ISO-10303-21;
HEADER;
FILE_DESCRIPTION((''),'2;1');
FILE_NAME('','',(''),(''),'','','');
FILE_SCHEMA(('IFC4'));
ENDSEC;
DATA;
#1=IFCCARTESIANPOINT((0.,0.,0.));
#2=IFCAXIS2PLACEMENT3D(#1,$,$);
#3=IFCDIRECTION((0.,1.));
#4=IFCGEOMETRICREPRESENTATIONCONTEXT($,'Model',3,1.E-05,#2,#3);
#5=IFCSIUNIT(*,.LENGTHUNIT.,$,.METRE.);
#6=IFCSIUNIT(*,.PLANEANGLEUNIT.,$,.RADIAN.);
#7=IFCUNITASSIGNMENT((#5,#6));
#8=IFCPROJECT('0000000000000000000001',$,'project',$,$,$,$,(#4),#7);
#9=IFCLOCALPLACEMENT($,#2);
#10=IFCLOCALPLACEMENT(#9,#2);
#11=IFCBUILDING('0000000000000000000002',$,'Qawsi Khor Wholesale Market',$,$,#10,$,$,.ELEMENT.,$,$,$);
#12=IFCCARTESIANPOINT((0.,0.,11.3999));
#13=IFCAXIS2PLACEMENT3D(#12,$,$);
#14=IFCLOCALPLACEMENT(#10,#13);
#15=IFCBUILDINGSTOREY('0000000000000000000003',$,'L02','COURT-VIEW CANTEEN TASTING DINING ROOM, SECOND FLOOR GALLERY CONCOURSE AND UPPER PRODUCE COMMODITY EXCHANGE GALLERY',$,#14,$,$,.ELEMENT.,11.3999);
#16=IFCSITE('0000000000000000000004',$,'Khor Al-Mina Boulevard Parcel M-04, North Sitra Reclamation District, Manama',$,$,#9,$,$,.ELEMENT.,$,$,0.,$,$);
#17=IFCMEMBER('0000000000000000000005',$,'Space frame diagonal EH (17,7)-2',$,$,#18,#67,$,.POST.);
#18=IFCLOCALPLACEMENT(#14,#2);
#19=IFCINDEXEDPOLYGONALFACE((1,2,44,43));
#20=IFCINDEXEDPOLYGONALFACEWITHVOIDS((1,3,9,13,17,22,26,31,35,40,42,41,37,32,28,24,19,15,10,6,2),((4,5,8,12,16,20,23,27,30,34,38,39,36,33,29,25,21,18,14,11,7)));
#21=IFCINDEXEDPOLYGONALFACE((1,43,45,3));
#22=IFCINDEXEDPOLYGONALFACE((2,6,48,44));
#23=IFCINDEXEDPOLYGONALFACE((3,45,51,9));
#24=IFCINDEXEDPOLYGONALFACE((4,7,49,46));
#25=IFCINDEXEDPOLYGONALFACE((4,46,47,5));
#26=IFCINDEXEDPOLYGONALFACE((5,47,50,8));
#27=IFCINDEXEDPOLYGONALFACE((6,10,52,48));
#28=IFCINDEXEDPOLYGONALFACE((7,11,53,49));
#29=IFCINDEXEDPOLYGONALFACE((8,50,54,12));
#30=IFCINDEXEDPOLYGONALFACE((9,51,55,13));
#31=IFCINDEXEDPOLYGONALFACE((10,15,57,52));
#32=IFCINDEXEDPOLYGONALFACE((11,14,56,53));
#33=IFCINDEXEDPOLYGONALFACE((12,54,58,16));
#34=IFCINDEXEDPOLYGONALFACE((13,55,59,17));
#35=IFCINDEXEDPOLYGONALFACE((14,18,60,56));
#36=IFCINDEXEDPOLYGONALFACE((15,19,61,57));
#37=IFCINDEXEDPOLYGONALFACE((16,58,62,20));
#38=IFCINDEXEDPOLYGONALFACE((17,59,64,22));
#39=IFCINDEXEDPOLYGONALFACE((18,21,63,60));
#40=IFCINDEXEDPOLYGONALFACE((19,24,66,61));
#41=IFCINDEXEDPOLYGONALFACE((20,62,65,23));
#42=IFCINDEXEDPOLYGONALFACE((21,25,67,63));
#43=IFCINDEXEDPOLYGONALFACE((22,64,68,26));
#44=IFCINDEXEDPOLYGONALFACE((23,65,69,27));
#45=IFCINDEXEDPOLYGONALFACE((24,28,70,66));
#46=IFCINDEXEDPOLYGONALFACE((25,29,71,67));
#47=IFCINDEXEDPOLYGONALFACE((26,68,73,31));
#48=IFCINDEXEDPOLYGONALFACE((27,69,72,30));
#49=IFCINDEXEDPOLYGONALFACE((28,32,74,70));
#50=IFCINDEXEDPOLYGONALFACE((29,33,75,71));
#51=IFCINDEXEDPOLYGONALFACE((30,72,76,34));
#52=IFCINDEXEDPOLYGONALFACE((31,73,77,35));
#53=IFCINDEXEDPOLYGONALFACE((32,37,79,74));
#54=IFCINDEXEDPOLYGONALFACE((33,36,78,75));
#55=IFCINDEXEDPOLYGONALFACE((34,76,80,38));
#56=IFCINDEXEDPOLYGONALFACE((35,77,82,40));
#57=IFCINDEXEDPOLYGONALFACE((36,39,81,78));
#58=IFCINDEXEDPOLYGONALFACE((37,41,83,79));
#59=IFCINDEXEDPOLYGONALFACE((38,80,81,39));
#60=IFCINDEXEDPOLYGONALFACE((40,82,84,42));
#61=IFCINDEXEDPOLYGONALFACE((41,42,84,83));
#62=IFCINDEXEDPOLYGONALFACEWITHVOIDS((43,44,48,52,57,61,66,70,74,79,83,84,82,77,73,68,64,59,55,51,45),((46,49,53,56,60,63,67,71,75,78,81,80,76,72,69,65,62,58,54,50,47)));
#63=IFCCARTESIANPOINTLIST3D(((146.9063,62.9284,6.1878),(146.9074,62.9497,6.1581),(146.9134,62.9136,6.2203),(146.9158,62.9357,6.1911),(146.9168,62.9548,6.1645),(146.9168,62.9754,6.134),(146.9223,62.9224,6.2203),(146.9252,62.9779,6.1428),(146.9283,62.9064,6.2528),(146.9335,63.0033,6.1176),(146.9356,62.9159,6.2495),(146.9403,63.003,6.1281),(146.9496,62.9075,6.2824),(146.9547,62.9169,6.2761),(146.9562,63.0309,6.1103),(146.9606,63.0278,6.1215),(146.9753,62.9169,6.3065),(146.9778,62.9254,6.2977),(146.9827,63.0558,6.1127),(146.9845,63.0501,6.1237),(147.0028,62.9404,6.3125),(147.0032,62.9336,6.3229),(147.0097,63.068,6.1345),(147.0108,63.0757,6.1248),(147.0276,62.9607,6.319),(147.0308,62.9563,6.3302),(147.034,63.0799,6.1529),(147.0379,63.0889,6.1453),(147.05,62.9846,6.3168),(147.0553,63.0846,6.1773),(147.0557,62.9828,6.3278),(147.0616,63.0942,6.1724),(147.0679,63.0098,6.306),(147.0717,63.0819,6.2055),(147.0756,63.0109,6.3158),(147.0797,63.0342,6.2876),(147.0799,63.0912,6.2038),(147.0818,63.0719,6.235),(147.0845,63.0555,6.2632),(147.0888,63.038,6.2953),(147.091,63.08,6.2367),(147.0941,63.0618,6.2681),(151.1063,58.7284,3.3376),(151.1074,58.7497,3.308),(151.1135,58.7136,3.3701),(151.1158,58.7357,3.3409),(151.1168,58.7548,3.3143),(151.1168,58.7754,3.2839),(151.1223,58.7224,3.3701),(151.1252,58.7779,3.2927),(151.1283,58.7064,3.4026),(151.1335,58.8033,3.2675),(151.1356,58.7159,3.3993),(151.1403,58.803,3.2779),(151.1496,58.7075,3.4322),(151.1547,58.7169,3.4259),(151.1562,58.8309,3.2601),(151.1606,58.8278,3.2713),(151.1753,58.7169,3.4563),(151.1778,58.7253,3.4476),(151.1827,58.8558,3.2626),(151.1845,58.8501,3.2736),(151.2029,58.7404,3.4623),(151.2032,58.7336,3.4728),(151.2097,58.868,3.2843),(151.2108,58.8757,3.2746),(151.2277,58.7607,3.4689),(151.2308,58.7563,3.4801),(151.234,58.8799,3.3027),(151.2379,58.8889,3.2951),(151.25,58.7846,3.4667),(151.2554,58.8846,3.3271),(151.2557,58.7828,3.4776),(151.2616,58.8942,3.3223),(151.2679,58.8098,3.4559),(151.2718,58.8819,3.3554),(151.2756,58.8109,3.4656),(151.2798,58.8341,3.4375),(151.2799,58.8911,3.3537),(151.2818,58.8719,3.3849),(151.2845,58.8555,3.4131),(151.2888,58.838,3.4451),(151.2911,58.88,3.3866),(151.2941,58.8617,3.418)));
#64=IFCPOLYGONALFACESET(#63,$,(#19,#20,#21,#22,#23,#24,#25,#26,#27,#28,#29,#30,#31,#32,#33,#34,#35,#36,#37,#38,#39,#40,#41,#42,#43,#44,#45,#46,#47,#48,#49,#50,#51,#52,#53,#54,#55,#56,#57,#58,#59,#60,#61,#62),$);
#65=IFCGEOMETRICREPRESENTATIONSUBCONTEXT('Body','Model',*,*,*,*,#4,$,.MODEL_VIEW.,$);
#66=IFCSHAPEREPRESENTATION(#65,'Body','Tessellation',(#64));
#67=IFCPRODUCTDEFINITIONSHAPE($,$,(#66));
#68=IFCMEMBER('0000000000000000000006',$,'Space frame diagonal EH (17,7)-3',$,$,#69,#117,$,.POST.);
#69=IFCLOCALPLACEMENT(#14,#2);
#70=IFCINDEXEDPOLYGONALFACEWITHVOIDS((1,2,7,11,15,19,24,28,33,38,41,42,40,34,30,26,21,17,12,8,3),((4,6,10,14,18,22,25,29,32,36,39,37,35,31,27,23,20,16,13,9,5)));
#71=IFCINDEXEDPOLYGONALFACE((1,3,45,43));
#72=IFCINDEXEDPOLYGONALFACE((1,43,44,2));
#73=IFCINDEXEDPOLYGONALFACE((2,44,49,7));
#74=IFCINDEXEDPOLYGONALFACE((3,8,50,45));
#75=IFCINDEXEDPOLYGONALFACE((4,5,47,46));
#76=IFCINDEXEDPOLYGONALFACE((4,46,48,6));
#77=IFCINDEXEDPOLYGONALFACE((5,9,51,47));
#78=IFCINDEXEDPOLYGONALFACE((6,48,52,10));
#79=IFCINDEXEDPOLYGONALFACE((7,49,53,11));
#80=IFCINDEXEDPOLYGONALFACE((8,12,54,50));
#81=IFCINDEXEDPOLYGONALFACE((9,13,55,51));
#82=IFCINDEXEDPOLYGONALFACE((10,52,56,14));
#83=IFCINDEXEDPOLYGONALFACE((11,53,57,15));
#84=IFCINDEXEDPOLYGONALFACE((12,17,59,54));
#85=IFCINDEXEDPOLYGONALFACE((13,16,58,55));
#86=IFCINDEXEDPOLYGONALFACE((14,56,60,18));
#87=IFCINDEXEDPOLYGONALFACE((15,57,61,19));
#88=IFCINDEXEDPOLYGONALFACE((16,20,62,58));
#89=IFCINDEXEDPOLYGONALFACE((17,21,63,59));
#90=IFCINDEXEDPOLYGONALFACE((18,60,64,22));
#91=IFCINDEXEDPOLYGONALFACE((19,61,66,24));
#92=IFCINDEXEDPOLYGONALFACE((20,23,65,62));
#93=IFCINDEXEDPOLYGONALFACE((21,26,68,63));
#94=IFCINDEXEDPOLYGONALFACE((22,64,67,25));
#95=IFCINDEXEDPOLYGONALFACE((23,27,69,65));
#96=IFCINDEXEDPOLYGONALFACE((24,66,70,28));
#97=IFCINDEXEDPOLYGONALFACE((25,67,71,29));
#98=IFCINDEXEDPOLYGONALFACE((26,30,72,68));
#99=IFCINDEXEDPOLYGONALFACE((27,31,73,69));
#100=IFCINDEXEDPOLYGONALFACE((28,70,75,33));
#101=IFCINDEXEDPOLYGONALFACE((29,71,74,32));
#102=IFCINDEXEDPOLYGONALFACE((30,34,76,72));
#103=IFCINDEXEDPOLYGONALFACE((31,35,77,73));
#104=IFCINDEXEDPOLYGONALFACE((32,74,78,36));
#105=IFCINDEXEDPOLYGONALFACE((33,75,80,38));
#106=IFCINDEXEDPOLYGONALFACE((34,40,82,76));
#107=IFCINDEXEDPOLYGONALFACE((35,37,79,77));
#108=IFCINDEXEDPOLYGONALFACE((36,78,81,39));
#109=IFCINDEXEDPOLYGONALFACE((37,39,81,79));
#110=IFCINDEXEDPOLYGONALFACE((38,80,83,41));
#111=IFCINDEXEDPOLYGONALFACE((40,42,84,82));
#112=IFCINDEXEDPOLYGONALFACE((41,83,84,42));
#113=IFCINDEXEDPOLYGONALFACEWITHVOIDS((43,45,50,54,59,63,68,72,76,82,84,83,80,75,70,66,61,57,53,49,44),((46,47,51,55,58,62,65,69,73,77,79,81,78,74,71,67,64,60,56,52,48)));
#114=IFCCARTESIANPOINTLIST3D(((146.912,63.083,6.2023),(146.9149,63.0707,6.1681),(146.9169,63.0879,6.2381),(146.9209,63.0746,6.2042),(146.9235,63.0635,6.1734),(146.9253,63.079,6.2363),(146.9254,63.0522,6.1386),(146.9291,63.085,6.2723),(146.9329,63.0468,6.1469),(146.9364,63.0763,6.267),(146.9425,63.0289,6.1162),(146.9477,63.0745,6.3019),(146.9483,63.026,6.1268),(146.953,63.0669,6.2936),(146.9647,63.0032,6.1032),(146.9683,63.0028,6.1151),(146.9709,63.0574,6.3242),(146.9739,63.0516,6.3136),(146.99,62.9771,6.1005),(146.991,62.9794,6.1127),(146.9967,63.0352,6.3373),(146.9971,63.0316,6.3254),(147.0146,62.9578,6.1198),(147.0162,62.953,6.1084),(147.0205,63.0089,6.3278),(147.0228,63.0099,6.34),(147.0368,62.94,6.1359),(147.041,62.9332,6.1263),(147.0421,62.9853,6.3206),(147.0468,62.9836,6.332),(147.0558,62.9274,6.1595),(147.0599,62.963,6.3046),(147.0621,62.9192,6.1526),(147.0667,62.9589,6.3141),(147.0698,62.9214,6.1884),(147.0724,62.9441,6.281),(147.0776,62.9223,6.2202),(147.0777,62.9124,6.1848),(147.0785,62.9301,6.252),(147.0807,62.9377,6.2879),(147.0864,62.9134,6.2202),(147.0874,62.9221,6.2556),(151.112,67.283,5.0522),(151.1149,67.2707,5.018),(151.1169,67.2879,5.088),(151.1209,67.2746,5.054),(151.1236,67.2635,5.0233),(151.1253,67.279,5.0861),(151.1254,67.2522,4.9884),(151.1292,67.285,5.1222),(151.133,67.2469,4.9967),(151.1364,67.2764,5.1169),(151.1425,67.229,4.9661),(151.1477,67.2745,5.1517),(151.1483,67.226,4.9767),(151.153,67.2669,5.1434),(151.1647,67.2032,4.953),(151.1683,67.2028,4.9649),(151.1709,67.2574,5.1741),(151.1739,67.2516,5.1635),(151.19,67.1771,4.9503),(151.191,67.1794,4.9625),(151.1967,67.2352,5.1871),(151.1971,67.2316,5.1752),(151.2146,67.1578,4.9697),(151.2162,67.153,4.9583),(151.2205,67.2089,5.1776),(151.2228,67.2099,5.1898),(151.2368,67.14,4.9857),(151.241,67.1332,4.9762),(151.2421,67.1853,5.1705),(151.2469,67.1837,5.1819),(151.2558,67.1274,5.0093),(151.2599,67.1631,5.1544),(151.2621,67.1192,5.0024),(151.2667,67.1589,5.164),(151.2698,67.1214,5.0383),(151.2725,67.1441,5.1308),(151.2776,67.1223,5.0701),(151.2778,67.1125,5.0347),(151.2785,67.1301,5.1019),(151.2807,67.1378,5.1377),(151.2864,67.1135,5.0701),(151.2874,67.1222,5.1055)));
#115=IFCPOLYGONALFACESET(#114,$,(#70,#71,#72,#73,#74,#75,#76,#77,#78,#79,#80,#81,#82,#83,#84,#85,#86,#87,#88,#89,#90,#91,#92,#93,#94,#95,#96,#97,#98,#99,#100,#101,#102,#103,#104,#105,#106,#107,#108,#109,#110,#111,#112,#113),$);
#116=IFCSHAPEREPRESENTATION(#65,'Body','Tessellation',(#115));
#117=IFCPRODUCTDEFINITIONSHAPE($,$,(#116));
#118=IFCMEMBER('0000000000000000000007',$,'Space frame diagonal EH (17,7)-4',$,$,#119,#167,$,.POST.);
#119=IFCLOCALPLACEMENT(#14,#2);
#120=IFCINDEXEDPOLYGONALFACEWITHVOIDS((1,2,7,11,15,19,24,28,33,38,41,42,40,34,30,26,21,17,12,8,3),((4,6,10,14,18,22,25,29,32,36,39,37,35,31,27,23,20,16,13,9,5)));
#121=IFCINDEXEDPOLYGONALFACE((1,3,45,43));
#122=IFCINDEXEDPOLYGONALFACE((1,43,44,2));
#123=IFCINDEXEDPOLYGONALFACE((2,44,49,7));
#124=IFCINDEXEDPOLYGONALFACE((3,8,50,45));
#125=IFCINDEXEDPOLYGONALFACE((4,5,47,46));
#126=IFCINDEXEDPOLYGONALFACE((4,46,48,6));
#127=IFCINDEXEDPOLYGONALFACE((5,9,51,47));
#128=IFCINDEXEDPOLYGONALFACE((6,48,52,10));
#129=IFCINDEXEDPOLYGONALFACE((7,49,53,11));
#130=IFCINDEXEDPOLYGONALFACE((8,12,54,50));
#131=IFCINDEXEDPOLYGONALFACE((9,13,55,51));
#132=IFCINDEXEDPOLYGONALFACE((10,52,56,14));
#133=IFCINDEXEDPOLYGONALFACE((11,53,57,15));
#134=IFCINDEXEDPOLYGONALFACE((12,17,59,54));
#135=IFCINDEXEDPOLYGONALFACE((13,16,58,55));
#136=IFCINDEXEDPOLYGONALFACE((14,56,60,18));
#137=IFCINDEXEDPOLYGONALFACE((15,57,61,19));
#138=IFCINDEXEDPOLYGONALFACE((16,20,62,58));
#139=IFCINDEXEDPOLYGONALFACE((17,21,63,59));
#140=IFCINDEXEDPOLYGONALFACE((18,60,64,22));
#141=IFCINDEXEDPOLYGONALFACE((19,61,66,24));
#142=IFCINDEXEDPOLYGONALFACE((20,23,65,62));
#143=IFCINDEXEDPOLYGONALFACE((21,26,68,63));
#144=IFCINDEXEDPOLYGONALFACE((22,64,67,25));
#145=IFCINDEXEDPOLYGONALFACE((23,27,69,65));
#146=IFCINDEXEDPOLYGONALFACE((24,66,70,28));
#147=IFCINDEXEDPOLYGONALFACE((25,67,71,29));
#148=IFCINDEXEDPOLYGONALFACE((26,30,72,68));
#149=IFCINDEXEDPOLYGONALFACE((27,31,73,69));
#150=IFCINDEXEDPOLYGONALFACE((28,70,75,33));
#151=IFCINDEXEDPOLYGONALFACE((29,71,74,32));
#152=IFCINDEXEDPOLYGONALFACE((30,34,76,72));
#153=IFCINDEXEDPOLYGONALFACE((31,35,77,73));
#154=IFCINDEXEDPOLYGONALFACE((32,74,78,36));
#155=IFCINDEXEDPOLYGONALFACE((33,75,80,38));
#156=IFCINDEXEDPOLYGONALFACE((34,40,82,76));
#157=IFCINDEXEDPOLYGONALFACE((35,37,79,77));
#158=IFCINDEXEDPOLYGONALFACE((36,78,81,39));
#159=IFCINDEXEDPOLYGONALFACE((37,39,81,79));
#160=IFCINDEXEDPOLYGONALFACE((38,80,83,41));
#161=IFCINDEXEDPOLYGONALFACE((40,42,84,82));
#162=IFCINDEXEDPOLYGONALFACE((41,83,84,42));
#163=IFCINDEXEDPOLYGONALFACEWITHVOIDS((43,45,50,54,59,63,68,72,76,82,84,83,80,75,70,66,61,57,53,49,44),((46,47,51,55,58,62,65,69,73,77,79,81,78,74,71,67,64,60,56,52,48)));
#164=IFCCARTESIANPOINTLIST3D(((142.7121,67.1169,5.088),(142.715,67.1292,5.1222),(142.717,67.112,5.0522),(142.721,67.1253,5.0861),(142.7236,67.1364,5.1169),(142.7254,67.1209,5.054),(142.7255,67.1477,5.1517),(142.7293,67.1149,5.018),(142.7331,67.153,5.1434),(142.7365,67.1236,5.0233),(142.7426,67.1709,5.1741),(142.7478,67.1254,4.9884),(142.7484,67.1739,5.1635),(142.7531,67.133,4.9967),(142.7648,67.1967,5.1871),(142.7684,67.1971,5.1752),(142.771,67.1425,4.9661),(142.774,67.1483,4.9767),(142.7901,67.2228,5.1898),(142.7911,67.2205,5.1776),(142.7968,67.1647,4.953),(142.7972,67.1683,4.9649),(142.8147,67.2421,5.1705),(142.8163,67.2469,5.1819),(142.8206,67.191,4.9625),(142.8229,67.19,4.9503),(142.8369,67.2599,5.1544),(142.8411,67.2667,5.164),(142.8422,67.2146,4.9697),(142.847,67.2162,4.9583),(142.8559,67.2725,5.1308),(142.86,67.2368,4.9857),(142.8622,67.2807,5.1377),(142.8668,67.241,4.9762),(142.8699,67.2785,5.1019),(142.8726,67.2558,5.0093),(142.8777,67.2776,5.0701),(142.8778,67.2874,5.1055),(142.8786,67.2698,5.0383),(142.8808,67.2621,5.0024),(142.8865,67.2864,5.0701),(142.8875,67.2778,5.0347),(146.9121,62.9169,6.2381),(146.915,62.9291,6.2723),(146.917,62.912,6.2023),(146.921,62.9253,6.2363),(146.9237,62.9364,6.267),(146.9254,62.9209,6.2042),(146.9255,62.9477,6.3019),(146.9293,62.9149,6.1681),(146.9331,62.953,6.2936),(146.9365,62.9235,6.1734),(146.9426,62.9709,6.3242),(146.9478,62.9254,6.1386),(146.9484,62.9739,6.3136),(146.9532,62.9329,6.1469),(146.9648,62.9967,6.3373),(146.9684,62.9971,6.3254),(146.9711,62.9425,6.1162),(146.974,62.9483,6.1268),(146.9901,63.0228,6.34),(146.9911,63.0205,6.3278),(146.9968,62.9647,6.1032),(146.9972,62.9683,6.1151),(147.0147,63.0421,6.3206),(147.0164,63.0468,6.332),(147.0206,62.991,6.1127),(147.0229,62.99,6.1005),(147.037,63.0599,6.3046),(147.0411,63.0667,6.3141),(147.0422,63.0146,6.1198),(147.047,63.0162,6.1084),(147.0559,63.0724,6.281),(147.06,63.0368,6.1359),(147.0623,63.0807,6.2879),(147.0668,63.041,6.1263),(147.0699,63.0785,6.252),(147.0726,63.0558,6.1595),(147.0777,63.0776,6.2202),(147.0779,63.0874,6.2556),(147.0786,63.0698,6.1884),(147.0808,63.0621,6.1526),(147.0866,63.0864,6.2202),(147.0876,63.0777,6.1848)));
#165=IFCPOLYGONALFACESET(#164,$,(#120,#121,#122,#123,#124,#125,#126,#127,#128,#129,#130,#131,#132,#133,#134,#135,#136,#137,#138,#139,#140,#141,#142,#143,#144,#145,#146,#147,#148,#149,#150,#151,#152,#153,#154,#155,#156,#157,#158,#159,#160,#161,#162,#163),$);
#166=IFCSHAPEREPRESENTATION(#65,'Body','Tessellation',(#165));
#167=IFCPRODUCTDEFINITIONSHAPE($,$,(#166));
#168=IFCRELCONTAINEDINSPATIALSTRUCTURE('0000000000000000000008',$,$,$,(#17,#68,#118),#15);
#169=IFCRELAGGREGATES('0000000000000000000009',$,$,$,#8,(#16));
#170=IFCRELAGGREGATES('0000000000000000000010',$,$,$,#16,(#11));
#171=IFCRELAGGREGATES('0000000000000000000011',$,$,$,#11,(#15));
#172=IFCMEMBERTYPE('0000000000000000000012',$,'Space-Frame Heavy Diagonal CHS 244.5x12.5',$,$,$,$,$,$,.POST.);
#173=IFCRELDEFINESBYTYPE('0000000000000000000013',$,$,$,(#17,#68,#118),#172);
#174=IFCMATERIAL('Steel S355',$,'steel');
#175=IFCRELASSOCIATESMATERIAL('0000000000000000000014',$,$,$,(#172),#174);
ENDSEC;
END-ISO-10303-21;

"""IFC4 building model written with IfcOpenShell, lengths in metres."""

from ifc_helpers import new_model, si_unit, direction, frame, origin, origin_2d, place, context, subcontext, project, spatial, hollow_circle, extrude, material, material_profile, profile_set, type_object, element, save


model = new_model("IFC4")

# Units and contexts
model_context = context("Model", 3, precision=1e-05, world=origin(), true_north=direction((0.0, 1.0)))
body_context = subcontext(model_context, "Body", "Model", "MODEL_VIEW")
ifc_project = project(units=[si_unit("LENGTHUNIT", "METRE"), si_unit("PLANEANGLEUNIT", "RADIAN")], contexts=[model_context])

# Site, building, storey
site_placement = place(None, origin())
site = spatial("IfcSite", under=ifc_project, at=site_placement, Name="Khor Al-Mina Boulevard Parcel M-04, North Sitra Reclamation District, Manama", CompositionType="ELEMENT", RefElevation=0.0)
building_placement = place(site_placement, origin())
building = spatial("IfcBuilding", under=site, at=building_placement, Name="Qawsi Khor Wholesale Market", CompositionType="ELEMENT")
storey_placement = place(building_placement, frame((0.0, 0.0, 11.3999)))
storey = spatial("IfcBuildingStorey", under=building, at=storey_placement, Name="L02", Description="COURT-VIEW CANTEEN TASTING DINING ROOM, SECOND FLOOR GALLERY CONCOURSE AND UPPER PRODUCE COMMODITY EXCHANGE GALLERY", CompositionType="ELEMENT", Elevation=11.3999)

# Members
ifc_material_1 = material(Name="Steel S355", Category="steel")
ifc_material_profile_1 = material_profile(ifc_material_1, hollow_circle(Radius=0.1223, WallThickness=0.0125, at=origin_2d()), Name="CHS 244.5x12.5")
ifc_profile_set_1 = profile_set([ifc_material_profile_1], Name="Steel S355")
member_type_1 = type_object("IfcMemberType", Name="Space-Frame Heavy Diagonal CHS 244.5x12.5", PredefinedType="POST", material=ifc_profile_set_1)
for number, where, z_axis, x_axis, name in (
    (1, (151.2, 58.8, 3.3701), (-0.637512, 0.637512, 0.432617), (-0.707107, -0.707107, 0.0), "Space frame diagonal EH (17,7)-2"),
):
    element("IfcMember", number, at=place(storey_placement, frame(where, z_axis=z_axis, x_axis=x_axis)), inside=storey, type_object=member_type_1, Name=name, PredefinedType="POST", context=body_context, shape_type="SweptSolid", body=[
        extrude(hollow_circle(Radius=0.1223, WallThickness=0.0125, at=origin_2d()), origin(), (0.0, 0.0, 1.0), 6.5881),
    ])
for number, where, z_axis, x_axis, name in (
    (2, (151.2, 67.2, 5.0701), (-0.694211, -0.694211, 0.190108), (0.707107, -0.707107, 0.0), "Space frame diagonal EH (17,7)-3"),
    (3, (142.8, 67.2, 5.0701), (0.694211, -0.694211, 0.190108), (0.707107, 0.707107, 0.0), "Space frame diagonal EH (17,7)-4"),
):
    element("IfcMember", number, at=place(storey_placement, frame(where, z_axis=z_axis, x_axis=x_axis)), inside=storey, type_object=member_type_1, Name=name, PredefinedType="POST", context=body_context, shape_type="SweptSolid", body=[
        extrude(hollow_circle(Radius=0.1223, WallThickness=0.0125, at=origin_2d()), origin(), (0.0, 0.0, 1.0), 6.05),
    ])

save(model, "model.ifc")
